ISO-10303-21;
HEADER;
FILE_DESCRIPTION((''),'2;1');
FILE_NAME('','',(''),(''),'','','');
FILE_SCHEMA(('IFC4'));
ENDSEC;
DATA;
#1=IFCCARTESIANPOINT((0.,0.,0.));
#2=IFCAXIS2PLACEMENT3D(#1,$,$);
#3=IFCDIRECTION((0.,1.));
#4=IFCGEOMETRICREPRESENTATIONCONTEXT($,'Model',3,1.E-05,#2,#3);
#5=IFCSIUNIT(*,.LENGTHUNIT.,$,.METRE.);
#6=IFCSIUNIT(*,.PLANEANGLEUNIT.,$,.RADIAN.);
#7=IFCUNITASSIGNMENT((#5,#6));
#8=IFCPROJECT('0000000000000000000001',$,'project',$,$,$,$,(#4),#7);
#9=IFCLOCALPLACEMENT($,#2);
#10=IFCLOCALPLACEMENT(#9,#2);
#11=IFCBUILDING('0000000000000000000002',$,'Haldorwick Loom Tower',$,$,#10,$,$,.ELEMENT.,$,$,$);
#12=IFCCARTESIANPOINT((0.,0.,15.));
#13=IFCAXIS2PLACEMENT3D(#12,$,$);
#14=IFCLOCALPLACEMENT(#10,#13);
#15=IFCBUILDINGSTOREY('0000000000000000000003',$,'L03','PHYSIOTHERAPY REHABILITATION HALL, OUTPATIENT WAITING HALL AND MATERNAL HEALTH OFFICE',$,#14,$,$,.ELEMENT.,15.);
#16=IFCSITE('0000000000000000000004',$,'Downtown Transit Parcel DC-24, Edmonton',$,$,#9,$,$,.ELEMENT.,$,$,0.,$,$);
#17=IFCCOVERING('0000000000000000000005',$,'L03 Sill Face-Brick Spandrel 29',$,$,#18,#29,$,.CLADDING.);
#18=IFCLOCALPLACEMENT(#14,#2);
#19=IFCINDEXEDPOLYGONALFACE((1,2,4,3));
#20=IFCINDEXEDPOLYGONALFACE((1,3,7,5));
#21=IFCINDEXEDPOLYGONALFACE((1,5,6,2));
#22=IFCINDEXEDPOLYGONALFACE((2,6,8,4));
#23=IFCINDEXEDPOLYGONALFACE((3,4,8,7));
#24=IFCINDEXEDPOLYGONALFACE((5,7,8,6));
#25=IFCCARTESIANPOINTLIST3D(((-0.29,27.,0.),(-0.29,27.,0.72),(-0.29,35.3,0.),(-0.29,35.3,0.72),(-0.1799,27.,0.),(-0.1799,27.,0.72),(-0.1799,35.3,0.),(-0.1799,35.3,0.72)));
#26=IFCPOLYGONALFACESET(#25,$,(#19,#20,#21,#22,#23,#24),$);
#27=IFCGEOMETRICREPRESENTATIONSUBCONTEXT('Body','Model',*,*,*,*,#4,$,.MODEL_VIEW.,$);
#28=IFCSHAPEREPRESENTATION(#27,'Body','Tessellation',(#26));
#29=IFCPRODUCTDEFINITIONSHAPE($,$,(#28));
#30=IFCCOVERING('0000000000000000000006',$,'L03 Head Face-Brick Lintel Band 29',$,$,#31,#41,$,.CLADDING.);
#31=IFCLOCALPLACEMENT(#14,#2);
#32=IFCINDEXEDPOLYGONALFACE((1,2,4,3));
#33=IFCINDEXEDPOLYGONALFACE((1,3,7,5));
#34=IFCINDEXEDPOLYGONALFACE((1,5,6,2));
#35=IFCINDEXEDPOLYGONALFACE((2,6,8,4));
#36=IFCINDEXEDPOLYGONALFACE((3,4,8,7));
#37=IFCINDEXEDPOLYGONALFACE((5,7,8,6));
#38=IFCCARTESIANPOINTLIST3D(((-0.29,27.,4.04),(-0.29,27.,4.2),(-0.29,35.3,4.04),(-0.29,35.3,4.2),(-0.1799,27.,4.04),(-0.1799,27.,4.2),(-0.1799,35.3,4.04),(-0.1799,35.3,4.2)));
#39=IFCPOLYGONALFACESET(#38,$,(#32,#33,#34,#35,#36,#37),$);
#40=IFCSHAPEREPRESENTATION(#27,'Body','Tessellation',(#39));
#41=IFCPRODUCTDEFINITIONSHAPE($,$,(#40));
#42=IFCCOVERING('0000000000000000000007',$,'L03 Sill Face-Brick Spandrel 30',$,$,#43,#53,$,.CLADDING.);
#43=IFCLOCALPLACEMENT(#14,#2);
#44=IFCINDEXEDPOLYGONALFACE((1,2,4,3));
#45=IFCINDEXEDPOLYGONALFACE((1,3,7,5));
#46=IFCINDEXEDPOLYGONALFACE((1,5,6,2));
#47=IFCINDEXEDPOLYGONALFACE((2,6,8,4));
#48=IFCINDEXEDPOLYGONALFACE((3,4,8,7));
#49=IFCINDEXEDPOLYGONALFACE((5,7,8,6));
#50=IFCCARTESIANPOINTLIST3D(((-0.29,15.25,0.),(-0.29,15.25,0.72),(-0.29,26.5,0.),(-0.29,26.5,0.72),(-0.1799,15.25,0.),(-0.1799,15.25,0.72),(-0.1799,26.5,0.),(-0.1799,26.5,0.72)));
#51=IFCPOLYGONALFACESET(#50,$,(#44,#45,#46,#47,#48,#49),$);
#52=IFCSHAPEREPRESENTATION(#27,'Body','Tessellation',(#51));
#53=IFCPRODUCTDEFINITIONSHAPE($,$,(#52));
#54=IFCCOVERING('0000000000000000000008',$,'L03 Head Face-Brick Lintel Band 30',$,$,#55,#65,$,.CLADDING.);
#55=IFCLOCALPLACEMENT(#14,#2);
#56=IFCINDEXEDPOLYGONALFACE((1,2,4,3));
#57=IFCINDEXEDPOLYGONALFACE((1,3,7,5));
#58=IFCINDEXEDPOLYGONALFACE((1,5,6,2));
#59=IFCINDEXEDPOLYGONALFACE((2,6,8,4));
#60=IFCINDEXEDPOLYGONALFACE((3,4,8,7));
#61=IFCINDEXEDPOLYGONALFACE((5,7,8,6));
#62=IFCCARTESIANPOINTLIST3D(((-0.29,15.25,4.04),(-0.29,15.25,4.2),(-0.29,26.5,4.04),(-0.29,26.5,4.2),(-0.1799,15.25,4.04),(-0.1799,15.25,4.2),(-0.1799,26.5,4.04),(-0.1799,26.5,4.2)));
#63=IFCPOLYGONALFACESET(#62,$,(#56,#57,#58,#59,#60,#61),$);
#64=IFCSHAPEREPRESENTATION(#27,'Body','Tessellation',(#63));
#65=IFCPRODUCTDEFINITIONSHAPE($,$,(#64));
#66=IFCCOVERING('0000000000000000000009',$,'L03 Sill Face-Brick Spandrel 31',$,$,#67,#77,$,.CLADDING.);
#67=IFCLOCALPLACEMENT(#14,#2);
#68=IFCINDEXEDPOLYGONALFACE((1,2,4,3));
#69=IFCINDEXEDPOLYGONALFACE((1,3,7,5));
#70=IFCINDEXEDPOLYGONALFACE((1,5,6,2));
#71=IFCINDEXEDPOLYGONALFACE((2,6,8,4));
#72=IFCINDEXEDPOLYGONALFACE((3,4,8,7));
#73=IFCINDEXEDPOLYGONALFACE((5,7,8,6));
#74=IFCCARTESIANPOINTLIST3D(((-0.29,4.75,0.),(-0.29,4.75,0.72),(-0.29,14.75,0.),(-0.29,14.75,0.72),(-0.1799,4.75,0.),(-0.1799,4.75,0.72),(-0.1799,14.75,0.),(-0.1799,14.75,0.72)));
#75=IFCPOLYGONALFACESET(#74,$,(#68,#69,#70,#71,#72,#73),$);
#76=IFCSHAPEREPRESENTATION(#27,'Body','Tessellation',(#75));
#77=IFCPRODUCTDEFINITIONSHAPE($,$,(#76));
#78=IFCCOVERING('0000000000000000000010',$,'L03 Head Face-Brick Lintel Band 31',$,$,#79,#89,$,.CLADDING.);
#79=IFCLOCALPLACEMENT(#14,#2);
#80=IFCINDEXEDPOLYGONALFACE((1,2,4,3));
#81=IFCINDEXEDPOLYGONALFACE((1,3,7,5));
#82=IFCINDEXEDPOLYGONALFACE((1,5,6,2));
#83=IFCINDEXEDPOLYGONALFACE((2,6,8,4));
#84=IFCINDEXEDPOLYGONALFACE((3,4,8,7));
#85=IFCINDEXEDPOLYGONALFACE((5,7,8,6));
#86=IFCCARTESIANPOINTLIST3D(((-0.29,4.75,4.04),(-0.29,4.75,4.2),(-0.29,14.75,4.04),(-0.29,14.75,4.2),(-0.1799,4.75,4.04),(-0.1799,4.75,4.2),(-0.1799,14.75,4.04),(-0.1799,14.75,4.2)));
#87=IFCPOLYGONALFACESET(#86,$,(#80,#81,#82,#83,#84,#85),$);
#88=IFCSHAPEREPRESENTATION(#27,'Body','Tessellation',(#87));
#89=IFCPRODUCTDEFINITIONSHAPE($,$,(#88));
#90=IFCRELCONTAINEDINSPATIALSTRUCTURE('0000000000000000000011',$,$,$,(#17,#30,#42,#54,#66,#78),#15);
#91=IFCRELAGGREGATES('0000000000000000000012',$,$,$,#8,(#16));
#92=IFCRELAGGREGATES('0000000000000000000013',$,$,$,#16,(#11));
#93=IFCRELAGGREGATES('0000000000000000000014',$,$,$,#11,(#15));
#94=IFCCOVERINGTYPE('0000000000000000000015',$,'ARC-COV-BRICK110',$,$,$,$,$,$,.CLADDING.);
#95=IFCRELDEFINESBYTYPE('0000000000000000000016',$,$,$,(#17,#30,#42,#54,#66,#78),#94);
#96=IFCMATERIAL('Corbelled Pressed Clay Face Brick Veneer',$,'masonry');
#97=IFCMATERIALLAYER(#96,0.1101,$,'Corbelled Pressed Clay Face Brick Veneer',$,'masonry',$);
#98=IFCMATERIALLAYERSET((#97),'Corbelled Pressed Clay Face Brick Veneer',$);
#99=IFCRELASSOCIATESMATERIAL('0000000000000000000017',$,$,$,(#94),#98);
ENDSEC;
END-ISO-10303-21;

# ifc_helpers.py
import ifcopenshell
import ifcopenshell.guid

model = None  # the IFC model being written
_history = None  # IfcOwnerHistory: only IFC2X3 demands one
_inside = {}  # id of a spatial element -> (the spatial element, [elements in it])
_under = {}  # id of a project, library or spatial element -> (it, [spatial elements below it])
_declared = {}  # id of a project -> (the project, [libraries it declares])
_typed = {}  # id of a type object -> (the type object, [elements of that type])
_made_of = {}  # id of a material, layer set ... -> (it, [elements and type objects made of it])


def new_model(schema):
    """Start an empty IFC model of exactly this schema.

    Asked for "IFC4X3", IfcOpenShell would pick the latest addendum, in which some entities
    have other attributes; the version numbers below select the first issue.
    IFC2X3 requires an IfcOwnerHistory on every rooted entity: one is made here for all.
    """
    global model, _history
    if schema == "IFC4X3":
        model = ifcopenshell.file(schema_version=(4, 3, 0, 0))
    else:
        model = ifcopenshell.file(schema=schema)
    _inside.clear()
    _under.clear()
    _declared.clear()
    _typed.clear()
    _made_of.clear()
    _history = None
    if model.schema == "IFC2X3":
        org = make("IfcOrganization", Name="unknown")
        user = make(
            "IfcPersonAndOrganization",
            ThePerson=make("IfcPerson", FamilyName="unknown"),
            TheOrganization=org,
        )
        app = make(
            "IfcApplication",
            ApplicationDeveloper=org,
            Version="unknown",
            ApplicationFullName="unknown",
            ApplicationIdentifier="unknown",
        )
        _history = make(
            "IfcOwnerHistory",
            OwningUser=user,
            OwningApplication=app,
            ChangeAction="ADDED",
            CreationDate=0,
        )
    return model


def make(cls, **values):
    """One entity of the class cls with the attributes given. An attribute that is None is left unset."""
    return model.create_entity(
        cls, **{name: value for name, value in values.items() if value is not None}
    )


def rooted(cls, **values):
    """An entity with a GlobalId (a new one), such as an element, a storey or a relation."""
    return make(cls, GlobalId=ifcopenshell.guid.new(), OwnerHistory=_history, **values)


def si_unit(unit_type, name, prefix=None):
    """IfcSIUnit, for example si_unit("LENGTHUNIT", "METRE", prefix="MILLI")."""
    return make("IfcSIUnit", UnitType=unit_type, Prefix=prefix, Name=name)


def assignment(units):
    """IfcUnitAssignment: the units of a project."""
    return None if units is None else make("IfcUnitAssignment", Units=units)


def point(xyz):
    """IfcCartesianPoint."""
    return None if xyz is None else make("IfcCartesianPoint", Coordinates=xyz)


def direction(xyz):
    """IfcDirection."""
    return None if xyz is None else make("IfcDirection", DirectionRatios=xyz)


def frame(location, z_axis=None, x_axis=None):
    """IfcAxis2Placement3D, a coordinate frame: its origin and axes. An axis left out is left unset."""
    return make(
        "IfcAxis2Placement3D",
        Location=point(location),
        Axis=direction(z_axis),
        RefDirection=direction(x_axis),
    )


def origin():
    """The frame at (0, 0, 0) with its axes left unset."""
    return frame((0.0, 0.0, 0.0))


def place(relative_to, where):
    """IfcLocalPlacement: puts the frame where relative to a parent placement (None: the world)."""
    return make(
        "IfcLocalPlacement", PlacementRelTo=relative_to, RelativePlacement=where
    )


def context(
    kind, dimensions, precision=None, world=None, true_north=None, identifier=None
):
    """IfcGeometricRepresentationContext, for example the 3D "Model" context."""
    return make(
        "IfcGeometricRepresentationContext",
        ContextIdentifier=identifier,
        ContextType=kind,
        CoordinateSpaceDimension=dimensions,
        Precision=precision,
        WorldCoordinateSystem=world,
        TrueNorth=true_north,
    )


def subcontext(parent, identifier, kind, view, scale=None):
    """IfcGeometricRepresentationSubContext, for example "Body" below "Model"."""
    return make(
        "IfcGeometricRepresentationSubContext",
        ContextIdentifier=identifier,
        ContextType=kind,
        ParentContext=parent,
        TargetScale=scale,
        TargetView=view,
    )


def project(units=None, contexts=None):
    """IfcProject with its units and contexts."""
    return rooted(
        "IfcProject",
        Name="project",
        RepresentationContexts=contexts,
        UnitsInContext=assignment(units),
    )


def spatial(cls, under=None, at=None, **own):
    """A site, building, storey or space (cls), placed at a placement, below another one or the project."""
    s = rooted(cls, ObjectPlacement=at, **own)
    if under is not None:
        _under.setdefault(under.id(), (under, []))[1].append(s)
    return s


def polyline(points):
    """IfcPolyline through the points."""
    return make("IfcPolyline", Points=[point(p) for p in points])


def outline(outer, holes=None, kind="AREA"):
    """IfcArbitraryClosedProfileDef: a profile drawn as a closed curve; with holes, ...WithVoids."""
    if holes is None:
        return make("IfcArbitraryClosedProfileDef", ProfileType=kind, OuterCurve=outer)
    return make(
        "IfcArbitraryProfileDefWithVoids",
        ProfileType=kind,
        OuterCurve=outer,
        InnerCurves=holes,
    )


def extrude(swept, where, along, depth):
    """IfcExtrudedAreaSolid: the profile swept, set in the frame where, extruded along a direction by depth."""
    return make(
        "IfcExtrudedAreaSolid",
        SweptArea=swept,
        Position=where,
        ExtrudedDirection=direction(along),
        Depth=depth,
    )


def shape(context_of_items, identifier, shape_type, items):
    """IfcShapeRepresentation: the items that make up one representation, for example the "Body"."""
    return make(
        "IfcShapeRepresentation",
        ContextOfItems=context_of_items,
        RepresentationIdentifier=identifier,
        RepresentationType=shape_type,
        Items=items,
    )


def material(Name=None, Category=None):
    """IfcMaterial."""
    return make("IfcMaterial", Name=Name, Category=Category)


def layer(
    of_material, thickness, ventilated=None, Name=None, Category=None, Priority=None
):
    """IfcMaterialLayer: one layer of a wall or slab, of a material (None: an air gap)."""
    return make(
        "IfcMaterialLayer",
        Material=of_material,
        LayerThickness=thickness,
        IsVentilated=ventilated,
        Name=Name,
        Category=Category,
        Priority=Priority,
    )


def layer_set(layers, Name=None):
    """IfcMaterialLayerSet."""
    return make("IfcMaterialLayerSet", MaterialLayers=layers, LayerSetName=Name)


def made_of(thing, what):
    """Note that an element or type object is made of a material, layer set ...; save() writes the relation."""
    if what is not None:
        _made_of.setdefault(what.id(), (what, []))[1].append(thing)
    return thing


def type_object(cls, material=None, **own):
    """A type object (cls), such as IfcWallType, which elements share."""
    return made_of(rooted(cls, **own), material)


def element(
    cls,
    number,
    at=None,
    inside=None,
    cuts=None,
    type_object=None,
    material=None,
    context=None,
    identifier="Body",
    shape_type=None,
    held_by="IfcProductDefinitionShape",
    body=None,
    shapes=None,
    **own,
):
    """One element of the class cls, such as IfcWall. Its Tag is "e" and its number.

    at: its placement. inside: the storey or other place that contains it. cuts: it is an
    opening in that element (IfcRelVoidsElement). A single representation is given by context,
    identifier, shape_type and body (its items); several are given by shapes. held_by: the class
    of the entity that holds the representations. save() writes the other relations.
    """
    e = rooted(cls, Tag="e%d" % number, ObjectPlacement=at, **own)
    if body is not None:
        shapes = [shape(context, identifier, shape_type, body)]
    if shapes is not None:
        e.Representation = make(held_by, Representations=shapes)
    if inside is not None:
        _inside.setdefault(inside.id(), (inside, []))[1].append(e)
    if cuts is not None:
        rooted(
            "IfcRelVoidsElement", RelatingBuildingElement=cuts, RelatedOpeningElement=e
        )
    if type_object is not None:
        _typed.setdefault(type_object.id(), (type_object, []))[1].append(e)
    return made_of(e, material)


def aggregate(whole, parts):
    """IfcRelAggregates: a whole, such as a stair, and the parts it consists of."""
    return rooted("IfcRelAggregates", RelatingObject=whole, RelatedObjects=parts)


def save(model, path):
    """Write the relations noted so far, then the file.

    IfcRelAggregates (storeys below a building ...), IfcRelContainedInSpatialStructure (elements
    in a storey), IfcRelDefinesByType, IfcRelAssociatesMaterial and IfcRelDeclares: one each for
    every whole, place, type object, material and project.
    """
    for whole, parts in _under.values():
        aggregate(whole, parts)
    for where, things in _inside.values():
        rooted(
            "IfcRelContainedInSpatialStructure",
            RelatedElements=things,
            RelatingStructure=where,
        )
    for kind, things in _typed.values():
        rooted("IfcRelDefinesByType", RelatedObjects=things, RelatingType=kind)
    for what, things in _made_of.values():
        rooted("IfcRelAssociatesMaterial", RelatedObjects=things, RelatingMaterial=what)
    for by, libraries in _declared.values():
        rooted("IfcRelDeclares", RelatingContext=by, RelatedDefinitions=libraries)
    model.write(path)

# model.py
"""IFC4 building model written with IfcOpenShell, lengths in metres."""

from ifc_helpers import new_model, si_unit, direction, frame, origin, place, context, subcontext, project, spatial, polyline, outline, extrude, material, layer, layer_set, type_object, element, save


model = new_model("IFC4")

# Units and contexts
model_context = context("Model", 3, precision=1e-05, world=origin(), true_north=direction((0.0, 1.0)))
body_context = subcontext(model_context, "Body", "Model", "MODEL_VIEW")
ifc_project = project(units=[si_unit("LENGTHUNIT", "METRE"), si_unit("PLANEANGLEUNIT", "RADIAN")], contexts=[model_context])

# Site, building, storey
site_placement = place(None, origin())
site = spatial("IfcSite", under=ifc_project, at=site_placement, Name="Downtown Transit Parcel DC-24, Edmonton", CompositionType="ELEMENT", RefElevation=0.0)
building_placement = place(site_placement, origin())
building = spatial("IfcBuilding", under=site, at=building_placement, Name="Haldorwick Loom Tower", CompositionType="ELEMENT")
storey_placement = place(building_placement, frame((0.0, 0.0, 15.0)))
storey = spatial("IfcBuildingStorey", under=building, at=storey_placement, Name="L03", Description="PHYSIOTHERAPY REHABILITATION HALL, OUTPATIENT WAITING HALL AND MATERNAL HEALTH OFFICE", CompositionType="ELEMENT", Elevation=15.0)

# Coverings
ifc_material_1 = material(Name="Corbelled Pressed Clay Face Brick Veneer", Category="masonry")
ifc_layer_1 = layer(ifc_material_1, 0.1101, Name="Corbelled Pressed Clay Face Brick Veneer", Category="masonry")
ifc_layer_set_1 = layer_set([ifc_layer_1], Name="Corbelled Pressed Clay Face Brick Veneer")
covering_type = type_object("IfcCoveringType", Name="ARC-COV-BRICK110", PredefinedType="CLADDING", material=ifc_layer_set_1)
covering_1_placement = place(storey_placement, origin())
element("IfcCovering", 1, at=covering_1_placement, inside=storey, type_object=covering_type, Name="L03 Sill Face-Brick Spandrel 29", PredefinedType="CLADDING", context=body_context, shape_type="SweptSolid", body=[
    extrude(outline(polyline([(-0.29, 35.3), (-0.29, 27.0), (-0.1799, 27.0), (-0.1799, 35.3), (-0.29, 35.3)])), origin(), (0.0, 0.0, 1.0), 0.72),
])
covering_2_placement = place(storey_placement, frame((0.0, 0.0, 4.04)))
element("IfcCovering", 2, at=covering_2_placement, inside=storey, type_object=covering_type, Name="L03 Head Face-Brick Lintel Band 29", PredefinedType="CLADDING", context=body_context, shape_type="SweptSolid", body=[
    extrude(outline(polyline([(-0.29, 35.3), (-0.29, 27.0), (-0.1799, 27.0), (-0.1799, 35.3), (-0.29, 35.3)])), origin(), (0.0, 0.0, 1.0), 0.1599),
])
covering_3_placement = place(storey_placement, origin())
element("IfcCovering", 3, at=covering_3_placement, inside=storey, type_object=covering_type, Name="L03 Sill Face-Brick Spandrel 30", PredefinedType="CLADDING", context=body_context, shape_type="SweptSolid", body=[
    extrude(outline(polyline([(-0.29, 26.5), (-0.29, 15.25), (-0.1799, 15.25), (-0.1799, 26.5), (-0.29, 26.5)])), origin(), (0.0, 0.0, 1.0), 0.72),
])
covering_4_placement = place(storey_placement, frame((0.0, 0.0, 4.04)))
element("IfcCovering", 4, at=covering_4_placement, inside=storey, type_object=covering_type, Name="L03 Head Face-Brick Lintel Band 30", PredefinedType="CLADDING", context=body_context, shape_type="SweptSolid", body=[
    extrude(outline(polyline([(-0.29, 26.5), (-0.29, 15.25), (-0.1799, 15.25), (-0.1799, 26.5), (-0.29, 26.5)])), origin(), (0.0, 0.0, 1.0), 0.1599),
])
covering_5_placement = place(storey_placement, origin())
element("IfcCovering", 5, at=covering_5_placement, inside=storey, type_object=covering_type, Name="L03 Sill Face-Brick Spandrel 31", PredefinedType="CLADDING", context=body_context, shape_type="SweptSolid", body=[
    extrude(outline(polyline([(-0.29, 14.75), (-0.29, 4.75), (-0.1799, 4.75), (-0.1799, 14.75), (-0.29, 14.75)])), origin(), (0.0, 0.0, 1.0), 0.72),
])
covering_6_placement = place(storey_placement, frame((0.0, 0.0, 4.04)))
element("IfcCovering", 6, at=covering_6_placement, inside=storey, type_object=covering_type, Name="L03 Head Face-Brick Lintel Band 31", PredefinedType="CLADDING", context=body_context, shape_type="SweptSolid", body=[
    extrude(outline(polyline([(-0.29, 14.75), (-0.29, 4.75), (-0.1799, 4.75), (-0.1799, 14.75), (-0.29, 14.75)])), origin(), (0.0, 0.0, 1.0), 0.1599),
])

save(model, "model.ifc")
